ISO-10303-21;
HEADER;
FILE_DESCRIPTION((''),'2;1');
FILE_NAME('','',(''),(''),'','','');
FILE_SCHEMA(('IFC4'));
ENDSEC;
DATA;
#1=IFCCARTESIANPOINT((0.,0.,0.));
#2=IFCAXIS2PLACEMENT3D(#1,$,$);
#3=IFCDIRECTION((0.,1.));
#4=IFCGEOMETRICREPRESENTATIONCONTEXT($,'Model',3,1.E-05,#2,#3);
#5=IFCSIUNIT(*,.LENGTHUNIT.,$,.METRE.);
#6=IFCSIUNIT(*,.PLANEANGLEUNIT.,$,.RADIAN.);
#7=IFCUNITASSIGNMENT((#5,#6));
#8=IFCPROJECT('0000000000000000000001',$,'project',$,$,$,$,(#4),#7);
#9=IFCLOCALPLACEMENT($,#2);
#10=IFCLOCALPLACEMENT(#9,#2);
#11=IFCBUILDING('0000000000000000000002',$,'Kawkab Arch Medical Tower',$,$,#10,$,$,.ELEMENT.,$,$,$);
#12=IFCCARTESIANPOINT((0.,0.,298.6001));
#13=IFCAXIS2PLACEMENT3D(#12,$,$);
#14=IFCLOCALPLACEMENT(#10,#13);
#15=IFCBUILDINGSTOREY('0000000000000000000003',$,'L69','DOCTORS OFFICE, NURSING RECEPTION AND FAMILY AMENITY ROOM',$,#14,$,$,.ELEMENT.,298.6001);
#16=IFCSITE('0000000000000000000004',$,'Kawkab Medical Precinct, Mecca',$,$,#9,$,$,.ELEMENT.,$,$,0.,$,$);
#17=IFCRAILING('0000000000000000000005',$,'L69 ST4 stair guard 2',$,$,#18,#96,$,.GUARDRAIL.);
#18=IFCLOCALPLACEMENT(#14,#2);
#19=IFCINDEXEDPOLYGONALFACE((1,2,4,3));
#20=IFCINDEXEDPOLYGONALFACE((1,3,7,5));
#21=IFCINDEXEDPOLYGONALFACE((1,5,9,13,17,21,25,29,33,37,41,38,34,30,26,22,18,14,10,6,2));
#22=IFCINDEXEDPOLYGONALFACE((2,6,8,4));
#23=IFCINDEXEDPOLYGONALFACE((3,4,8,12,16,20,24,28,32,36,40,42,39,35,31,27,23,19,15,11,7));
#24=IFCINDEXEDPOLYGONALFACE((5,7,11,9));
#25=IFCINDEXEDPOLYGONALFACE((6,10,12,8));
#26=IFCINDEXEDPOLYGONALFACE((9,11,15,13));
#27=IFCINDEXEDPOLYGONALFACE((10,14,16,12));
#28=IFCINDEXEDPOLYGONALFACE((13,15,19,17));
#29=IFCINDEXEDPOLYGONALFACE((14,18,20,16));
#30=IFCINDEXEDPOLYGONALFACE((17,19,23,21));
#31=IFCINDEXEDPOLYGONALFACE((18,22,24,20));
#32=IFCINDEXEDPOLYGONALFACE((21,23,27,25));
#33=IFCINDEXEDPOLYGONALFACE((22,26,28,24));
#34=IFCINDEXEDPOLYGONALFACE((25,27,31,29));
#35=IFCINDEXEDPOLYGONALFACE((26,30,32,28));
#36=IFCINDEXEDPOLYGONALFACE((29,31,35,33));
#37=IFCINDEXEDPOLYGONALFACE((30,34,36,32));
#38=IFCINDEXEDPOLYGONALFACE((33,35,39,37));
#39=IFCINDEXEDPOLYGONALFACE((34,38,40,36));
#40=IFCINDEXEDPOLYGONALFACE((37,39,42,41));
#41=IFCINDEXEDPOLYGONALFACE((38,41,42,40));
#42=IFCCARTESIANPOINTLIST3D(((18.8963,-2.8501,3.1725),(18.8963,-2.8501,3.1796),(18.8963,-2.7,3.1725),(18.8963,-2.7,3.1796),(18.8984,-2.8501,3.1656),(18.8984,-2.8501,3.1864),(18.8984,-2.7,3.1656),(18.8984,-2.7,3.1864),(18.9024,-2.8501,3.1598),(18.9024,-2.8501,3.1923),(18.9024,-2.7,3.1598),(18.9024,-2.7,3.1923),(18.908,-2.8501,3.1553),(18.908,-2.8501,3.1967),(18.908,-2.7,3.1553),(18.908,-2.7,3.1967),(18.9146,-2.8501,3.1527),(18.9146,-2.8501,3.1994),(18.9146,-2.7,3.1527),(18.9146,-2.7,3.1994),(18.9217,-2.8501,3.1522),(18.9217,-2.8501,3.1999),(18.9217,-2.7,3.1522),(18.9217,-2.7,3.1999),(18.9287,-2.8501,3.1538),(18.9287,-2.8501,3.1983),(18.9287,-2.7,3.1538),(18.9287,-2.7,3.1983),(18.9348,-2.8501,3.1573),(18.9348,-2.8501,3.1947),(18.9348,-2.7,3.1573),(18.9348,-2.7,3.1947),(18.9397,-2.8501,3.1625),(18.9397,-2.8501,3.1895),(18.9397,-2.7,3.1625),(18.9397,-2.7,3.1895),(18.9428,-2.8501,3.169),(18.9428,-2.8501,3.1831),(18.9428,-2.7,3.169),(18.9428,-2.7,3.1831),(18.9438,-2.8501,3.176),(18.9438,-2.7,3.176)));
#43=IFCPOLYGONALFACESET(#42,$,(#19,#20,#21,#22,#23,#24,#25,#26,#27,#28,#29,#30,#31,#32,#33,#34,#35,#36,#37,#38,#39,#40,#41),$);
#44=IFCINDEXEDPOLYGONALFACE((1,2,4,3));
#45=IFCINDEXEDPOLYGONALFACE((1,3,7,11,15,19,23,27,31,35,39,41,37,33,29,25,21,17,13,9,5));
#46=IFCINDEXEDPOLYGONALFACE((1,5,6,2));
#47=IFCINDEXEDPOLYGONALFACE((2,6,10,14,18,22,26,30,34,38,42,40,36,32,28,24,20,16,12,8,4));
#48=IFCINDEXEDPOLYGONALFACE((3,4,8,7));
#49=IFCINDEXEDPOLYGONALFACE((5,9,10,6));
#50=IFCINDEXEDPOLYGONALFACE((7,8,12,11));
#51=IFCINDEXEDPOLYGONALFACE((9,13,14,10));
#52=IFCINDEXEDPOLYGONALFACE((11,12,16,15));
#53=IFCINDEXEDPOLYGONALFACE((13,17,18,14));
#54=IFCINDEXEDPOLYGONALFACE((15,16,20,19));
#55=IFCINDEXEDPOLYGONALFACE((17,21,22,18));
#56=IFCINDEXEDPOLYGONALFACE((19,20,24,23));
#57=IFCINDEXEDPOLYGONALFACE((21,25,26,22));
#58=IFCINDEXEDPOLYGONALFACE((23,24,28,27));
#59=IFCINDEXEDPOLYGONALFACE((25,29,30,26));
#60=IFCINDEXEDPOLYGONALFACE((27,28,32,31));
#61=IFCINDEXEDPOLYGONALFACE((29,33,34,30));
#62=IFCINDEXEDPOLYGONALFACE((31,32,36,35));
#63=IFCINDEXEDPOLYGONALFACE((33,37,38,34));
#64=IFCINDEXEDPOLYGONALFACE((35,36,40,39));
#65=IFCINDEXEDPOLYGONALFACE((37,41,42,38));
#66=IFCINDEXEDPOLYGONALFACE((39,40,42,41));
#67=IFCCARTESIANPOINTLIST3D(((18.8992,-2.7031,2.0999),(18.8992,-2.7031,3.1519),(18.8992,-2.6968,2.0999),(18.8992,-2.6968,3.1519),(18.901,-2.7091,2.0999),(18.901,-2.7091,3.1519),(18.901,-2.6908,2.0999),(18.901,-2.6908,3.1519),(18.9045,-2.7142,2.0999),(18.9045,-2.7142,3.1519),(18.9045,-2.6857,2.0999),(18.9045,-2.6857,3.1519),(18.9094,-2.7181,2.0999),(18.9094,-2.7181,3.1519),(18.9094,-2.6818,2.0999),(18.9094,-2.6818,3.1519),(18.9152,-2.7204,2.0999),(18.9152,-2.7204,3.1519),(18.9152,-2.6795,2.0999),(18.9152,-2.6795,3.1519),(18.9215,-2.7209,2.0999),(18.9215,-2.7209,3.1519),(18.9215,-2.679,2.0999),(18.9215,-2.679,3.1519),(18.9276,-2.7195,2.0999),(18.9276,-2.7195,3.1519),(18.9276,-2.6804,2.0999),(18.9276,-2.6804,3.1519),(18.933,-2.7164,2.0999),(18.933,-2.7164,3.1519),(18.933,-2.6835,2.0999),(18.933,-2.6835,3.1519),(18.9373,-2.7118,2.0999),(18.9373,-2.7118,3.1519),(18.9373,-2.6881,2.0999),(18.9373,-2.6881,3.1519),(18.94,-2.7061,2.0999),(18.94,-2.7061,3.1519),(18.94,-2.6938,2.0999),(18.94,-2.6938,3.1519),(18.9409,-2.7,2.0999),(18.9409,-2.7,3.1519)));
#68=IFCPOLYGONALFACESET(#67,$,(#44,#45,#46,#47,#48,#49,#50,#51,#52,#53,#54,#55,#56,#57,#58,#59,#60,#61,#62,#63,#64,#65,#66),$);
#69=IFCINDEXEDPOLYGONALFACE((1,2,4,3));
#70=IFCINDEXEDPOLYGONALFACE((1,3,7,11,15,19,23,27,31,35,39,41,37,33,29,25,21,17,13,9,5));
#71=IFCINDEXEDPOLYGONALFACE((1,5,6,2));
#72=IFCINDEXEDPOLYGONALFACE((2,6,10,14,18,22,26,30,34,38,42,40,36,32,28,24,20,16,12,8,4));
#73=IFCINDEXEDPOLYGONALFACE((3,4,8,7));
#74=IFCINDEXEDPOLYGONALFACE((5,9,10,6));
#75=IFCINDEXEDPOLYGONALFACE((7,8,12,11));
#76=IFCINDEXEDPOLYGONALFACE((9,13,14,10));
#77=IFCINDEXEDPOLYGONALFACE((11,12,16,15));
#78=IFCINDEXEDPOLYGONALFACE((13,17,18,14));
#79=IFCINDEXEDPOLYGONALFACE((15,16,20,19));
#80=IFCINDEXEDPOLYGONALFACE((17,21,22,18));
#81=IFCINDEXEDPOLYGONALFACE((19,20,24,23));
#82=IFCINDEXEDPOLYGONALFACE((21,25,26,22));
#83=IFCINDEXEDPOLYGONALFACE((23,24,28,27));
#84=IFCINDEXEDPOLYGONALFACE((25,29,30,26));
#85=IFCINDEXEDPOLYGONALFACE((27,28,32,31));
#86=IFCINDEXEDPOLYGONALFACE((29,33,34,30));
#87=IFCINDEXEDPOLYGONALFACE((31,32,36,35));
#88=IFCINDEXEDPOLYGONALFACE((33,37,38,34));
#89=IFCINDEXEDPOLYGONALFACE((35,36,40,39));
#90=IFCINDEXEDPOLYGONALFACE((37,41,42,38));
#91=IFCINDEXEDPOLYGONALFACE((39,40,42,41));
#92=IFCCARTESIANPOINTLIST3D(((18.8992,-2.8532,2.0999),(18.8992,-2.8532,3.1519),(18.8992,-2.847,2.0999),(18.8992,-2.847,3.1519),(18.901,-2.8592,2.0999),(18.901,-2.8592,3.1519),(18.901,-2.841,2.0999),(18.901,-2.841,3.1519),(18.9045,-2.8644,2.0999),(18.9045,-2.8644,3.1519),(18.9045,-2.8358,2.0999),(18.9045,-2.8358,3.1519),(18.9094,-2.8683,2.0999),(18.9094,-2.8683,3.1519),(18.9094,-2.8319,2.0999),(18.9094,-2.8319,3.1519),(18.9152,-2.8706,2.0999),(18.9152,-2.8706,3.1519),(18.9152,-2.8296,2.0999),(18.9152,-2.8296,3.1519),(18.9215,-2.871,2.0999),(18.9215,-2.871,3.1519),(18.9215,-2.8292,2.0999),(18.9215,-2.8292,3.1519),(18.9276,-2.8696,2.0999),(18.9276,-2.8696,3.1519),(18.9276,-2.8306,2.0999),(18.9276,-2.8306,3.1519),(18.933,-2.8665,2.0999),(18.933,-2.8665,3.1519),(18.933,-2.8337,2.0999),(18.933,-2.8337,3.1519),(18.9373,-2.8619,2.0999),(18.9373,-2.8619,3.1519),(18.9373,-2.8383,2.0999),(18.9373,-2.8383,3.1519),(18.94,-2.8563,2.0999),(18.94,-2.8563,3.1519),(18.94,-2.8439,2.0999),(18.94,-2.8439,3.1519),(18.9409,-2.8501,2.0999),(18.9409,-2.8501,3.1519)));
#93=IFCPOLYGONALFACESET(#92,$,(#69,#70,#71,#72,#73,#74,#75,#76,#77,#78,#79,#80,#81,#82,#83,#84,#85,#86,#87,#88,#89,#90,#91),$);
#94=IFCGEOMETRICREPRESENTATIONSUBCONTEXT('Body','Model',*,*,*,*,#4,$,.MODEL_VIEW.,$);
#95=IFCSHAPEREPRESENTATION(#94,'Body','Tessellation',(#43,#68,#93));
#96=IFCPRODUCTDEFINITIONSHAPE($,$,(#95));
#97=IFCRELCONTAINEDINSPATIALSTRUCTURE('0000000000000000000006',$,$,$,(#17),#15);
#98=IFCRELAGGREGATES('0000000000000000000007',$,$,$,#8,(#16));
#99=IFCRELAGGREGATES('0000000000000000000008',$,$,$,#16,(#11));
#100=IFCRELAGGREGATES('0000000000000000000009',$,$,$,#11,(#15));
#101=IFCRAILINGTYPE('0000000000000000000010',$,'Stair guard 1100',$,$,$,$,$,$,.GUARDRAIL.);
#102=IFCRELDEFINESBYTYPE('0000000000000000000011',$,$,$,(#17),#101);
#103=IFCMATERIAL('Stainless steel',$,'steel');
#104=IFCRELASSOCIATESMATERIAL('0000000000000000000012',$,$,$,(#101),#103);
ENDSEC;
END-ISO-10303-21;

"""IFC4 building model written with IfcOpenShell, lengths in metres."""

from ifc_helpers import new_model, si_unit, direction, frame, origin, origin_2d, place, context, subcontext, project, spatial, circle, extrude, material, type_object, element, save


model = new_model("IFC4")

# Units and contexts
model_context = context("Model", 3, precision=1e-05, world=origin(), true_north=direction((0.0, 1.0)))
body_context = subcontext(model_context, "Body", "Model", "MODEL_VIEW")
ifc_project = project(units=[si_unit("LENGTHUNIT", "METRE"), si_unit("PLANEANGLEUNIT", "RADIAN")], contexts=[model_context])

# Site, building, storey
site_placement = place(None, origin())
site = spatial("IfcSite", under=ifc_project, at=site_placement, Name="Kawkab Medical Precinct, Mecca", CompositionType="ELEMENT", RefElevation=0.0)
building_placement = place(site_placement, origin())
building = spatial("IfcBuilding", under=site, at=building_placement, Name="Kawkab Arch Medical Tower", CompositionType="ELEMENT")
storey_placement = place(building_placement, frame((0.0, 0.0, 298.6001)))
storey = spatial("IfcBuildingStorey", under=building, at=storey_placement, Name="L69", Description="DOCTORS OFFICE, NURSING RECEPTION AND FAMILY AMENITY ROOM", CompositionType="ELEMENT", Elevation=298.6001)

# Railing
ifc_material_1 = material(Name="Stainless steel", Category="steel")
railing_type_1 = type_object("IfcRailingType", Name="Stair guard 1100", PredefinedType="GUARDRAIL", material=ifc_material_1)
railing_1_placement = place(storey_placement, frame((18.9199, -2.7, 2.0999)))
element("IfcRailing", 1, at=railing_1_placement, inside=storey, type_object=railing_type_1, Name="L69 ST4 stair guard 2", PredefinedType="GUARDRAIL", context=body_context, shape_type="SweptSolid", body=[
    extrude(circle(Radius=0.0239, at=origin_2d()), frame((0.0, 0.0, 1.0762), z_axis=(0.0, -1.0, 0.0), x_axis=(1.0, 0.0, 0.0)), (0.0, 0.0, 1.0), 0.1501),
    extrude(circle(Radius=0.021, at=origin_2d()), origin(), (0.0, 0.0, 1.0), 1.052),
    extrude(circle(Radius=0.021, at=origin_2d()), frame((0.0, -0.1501, 0.0)), (0.0, 0.0, 1.0), 1.052),
])

save(model, "model.ifc")
